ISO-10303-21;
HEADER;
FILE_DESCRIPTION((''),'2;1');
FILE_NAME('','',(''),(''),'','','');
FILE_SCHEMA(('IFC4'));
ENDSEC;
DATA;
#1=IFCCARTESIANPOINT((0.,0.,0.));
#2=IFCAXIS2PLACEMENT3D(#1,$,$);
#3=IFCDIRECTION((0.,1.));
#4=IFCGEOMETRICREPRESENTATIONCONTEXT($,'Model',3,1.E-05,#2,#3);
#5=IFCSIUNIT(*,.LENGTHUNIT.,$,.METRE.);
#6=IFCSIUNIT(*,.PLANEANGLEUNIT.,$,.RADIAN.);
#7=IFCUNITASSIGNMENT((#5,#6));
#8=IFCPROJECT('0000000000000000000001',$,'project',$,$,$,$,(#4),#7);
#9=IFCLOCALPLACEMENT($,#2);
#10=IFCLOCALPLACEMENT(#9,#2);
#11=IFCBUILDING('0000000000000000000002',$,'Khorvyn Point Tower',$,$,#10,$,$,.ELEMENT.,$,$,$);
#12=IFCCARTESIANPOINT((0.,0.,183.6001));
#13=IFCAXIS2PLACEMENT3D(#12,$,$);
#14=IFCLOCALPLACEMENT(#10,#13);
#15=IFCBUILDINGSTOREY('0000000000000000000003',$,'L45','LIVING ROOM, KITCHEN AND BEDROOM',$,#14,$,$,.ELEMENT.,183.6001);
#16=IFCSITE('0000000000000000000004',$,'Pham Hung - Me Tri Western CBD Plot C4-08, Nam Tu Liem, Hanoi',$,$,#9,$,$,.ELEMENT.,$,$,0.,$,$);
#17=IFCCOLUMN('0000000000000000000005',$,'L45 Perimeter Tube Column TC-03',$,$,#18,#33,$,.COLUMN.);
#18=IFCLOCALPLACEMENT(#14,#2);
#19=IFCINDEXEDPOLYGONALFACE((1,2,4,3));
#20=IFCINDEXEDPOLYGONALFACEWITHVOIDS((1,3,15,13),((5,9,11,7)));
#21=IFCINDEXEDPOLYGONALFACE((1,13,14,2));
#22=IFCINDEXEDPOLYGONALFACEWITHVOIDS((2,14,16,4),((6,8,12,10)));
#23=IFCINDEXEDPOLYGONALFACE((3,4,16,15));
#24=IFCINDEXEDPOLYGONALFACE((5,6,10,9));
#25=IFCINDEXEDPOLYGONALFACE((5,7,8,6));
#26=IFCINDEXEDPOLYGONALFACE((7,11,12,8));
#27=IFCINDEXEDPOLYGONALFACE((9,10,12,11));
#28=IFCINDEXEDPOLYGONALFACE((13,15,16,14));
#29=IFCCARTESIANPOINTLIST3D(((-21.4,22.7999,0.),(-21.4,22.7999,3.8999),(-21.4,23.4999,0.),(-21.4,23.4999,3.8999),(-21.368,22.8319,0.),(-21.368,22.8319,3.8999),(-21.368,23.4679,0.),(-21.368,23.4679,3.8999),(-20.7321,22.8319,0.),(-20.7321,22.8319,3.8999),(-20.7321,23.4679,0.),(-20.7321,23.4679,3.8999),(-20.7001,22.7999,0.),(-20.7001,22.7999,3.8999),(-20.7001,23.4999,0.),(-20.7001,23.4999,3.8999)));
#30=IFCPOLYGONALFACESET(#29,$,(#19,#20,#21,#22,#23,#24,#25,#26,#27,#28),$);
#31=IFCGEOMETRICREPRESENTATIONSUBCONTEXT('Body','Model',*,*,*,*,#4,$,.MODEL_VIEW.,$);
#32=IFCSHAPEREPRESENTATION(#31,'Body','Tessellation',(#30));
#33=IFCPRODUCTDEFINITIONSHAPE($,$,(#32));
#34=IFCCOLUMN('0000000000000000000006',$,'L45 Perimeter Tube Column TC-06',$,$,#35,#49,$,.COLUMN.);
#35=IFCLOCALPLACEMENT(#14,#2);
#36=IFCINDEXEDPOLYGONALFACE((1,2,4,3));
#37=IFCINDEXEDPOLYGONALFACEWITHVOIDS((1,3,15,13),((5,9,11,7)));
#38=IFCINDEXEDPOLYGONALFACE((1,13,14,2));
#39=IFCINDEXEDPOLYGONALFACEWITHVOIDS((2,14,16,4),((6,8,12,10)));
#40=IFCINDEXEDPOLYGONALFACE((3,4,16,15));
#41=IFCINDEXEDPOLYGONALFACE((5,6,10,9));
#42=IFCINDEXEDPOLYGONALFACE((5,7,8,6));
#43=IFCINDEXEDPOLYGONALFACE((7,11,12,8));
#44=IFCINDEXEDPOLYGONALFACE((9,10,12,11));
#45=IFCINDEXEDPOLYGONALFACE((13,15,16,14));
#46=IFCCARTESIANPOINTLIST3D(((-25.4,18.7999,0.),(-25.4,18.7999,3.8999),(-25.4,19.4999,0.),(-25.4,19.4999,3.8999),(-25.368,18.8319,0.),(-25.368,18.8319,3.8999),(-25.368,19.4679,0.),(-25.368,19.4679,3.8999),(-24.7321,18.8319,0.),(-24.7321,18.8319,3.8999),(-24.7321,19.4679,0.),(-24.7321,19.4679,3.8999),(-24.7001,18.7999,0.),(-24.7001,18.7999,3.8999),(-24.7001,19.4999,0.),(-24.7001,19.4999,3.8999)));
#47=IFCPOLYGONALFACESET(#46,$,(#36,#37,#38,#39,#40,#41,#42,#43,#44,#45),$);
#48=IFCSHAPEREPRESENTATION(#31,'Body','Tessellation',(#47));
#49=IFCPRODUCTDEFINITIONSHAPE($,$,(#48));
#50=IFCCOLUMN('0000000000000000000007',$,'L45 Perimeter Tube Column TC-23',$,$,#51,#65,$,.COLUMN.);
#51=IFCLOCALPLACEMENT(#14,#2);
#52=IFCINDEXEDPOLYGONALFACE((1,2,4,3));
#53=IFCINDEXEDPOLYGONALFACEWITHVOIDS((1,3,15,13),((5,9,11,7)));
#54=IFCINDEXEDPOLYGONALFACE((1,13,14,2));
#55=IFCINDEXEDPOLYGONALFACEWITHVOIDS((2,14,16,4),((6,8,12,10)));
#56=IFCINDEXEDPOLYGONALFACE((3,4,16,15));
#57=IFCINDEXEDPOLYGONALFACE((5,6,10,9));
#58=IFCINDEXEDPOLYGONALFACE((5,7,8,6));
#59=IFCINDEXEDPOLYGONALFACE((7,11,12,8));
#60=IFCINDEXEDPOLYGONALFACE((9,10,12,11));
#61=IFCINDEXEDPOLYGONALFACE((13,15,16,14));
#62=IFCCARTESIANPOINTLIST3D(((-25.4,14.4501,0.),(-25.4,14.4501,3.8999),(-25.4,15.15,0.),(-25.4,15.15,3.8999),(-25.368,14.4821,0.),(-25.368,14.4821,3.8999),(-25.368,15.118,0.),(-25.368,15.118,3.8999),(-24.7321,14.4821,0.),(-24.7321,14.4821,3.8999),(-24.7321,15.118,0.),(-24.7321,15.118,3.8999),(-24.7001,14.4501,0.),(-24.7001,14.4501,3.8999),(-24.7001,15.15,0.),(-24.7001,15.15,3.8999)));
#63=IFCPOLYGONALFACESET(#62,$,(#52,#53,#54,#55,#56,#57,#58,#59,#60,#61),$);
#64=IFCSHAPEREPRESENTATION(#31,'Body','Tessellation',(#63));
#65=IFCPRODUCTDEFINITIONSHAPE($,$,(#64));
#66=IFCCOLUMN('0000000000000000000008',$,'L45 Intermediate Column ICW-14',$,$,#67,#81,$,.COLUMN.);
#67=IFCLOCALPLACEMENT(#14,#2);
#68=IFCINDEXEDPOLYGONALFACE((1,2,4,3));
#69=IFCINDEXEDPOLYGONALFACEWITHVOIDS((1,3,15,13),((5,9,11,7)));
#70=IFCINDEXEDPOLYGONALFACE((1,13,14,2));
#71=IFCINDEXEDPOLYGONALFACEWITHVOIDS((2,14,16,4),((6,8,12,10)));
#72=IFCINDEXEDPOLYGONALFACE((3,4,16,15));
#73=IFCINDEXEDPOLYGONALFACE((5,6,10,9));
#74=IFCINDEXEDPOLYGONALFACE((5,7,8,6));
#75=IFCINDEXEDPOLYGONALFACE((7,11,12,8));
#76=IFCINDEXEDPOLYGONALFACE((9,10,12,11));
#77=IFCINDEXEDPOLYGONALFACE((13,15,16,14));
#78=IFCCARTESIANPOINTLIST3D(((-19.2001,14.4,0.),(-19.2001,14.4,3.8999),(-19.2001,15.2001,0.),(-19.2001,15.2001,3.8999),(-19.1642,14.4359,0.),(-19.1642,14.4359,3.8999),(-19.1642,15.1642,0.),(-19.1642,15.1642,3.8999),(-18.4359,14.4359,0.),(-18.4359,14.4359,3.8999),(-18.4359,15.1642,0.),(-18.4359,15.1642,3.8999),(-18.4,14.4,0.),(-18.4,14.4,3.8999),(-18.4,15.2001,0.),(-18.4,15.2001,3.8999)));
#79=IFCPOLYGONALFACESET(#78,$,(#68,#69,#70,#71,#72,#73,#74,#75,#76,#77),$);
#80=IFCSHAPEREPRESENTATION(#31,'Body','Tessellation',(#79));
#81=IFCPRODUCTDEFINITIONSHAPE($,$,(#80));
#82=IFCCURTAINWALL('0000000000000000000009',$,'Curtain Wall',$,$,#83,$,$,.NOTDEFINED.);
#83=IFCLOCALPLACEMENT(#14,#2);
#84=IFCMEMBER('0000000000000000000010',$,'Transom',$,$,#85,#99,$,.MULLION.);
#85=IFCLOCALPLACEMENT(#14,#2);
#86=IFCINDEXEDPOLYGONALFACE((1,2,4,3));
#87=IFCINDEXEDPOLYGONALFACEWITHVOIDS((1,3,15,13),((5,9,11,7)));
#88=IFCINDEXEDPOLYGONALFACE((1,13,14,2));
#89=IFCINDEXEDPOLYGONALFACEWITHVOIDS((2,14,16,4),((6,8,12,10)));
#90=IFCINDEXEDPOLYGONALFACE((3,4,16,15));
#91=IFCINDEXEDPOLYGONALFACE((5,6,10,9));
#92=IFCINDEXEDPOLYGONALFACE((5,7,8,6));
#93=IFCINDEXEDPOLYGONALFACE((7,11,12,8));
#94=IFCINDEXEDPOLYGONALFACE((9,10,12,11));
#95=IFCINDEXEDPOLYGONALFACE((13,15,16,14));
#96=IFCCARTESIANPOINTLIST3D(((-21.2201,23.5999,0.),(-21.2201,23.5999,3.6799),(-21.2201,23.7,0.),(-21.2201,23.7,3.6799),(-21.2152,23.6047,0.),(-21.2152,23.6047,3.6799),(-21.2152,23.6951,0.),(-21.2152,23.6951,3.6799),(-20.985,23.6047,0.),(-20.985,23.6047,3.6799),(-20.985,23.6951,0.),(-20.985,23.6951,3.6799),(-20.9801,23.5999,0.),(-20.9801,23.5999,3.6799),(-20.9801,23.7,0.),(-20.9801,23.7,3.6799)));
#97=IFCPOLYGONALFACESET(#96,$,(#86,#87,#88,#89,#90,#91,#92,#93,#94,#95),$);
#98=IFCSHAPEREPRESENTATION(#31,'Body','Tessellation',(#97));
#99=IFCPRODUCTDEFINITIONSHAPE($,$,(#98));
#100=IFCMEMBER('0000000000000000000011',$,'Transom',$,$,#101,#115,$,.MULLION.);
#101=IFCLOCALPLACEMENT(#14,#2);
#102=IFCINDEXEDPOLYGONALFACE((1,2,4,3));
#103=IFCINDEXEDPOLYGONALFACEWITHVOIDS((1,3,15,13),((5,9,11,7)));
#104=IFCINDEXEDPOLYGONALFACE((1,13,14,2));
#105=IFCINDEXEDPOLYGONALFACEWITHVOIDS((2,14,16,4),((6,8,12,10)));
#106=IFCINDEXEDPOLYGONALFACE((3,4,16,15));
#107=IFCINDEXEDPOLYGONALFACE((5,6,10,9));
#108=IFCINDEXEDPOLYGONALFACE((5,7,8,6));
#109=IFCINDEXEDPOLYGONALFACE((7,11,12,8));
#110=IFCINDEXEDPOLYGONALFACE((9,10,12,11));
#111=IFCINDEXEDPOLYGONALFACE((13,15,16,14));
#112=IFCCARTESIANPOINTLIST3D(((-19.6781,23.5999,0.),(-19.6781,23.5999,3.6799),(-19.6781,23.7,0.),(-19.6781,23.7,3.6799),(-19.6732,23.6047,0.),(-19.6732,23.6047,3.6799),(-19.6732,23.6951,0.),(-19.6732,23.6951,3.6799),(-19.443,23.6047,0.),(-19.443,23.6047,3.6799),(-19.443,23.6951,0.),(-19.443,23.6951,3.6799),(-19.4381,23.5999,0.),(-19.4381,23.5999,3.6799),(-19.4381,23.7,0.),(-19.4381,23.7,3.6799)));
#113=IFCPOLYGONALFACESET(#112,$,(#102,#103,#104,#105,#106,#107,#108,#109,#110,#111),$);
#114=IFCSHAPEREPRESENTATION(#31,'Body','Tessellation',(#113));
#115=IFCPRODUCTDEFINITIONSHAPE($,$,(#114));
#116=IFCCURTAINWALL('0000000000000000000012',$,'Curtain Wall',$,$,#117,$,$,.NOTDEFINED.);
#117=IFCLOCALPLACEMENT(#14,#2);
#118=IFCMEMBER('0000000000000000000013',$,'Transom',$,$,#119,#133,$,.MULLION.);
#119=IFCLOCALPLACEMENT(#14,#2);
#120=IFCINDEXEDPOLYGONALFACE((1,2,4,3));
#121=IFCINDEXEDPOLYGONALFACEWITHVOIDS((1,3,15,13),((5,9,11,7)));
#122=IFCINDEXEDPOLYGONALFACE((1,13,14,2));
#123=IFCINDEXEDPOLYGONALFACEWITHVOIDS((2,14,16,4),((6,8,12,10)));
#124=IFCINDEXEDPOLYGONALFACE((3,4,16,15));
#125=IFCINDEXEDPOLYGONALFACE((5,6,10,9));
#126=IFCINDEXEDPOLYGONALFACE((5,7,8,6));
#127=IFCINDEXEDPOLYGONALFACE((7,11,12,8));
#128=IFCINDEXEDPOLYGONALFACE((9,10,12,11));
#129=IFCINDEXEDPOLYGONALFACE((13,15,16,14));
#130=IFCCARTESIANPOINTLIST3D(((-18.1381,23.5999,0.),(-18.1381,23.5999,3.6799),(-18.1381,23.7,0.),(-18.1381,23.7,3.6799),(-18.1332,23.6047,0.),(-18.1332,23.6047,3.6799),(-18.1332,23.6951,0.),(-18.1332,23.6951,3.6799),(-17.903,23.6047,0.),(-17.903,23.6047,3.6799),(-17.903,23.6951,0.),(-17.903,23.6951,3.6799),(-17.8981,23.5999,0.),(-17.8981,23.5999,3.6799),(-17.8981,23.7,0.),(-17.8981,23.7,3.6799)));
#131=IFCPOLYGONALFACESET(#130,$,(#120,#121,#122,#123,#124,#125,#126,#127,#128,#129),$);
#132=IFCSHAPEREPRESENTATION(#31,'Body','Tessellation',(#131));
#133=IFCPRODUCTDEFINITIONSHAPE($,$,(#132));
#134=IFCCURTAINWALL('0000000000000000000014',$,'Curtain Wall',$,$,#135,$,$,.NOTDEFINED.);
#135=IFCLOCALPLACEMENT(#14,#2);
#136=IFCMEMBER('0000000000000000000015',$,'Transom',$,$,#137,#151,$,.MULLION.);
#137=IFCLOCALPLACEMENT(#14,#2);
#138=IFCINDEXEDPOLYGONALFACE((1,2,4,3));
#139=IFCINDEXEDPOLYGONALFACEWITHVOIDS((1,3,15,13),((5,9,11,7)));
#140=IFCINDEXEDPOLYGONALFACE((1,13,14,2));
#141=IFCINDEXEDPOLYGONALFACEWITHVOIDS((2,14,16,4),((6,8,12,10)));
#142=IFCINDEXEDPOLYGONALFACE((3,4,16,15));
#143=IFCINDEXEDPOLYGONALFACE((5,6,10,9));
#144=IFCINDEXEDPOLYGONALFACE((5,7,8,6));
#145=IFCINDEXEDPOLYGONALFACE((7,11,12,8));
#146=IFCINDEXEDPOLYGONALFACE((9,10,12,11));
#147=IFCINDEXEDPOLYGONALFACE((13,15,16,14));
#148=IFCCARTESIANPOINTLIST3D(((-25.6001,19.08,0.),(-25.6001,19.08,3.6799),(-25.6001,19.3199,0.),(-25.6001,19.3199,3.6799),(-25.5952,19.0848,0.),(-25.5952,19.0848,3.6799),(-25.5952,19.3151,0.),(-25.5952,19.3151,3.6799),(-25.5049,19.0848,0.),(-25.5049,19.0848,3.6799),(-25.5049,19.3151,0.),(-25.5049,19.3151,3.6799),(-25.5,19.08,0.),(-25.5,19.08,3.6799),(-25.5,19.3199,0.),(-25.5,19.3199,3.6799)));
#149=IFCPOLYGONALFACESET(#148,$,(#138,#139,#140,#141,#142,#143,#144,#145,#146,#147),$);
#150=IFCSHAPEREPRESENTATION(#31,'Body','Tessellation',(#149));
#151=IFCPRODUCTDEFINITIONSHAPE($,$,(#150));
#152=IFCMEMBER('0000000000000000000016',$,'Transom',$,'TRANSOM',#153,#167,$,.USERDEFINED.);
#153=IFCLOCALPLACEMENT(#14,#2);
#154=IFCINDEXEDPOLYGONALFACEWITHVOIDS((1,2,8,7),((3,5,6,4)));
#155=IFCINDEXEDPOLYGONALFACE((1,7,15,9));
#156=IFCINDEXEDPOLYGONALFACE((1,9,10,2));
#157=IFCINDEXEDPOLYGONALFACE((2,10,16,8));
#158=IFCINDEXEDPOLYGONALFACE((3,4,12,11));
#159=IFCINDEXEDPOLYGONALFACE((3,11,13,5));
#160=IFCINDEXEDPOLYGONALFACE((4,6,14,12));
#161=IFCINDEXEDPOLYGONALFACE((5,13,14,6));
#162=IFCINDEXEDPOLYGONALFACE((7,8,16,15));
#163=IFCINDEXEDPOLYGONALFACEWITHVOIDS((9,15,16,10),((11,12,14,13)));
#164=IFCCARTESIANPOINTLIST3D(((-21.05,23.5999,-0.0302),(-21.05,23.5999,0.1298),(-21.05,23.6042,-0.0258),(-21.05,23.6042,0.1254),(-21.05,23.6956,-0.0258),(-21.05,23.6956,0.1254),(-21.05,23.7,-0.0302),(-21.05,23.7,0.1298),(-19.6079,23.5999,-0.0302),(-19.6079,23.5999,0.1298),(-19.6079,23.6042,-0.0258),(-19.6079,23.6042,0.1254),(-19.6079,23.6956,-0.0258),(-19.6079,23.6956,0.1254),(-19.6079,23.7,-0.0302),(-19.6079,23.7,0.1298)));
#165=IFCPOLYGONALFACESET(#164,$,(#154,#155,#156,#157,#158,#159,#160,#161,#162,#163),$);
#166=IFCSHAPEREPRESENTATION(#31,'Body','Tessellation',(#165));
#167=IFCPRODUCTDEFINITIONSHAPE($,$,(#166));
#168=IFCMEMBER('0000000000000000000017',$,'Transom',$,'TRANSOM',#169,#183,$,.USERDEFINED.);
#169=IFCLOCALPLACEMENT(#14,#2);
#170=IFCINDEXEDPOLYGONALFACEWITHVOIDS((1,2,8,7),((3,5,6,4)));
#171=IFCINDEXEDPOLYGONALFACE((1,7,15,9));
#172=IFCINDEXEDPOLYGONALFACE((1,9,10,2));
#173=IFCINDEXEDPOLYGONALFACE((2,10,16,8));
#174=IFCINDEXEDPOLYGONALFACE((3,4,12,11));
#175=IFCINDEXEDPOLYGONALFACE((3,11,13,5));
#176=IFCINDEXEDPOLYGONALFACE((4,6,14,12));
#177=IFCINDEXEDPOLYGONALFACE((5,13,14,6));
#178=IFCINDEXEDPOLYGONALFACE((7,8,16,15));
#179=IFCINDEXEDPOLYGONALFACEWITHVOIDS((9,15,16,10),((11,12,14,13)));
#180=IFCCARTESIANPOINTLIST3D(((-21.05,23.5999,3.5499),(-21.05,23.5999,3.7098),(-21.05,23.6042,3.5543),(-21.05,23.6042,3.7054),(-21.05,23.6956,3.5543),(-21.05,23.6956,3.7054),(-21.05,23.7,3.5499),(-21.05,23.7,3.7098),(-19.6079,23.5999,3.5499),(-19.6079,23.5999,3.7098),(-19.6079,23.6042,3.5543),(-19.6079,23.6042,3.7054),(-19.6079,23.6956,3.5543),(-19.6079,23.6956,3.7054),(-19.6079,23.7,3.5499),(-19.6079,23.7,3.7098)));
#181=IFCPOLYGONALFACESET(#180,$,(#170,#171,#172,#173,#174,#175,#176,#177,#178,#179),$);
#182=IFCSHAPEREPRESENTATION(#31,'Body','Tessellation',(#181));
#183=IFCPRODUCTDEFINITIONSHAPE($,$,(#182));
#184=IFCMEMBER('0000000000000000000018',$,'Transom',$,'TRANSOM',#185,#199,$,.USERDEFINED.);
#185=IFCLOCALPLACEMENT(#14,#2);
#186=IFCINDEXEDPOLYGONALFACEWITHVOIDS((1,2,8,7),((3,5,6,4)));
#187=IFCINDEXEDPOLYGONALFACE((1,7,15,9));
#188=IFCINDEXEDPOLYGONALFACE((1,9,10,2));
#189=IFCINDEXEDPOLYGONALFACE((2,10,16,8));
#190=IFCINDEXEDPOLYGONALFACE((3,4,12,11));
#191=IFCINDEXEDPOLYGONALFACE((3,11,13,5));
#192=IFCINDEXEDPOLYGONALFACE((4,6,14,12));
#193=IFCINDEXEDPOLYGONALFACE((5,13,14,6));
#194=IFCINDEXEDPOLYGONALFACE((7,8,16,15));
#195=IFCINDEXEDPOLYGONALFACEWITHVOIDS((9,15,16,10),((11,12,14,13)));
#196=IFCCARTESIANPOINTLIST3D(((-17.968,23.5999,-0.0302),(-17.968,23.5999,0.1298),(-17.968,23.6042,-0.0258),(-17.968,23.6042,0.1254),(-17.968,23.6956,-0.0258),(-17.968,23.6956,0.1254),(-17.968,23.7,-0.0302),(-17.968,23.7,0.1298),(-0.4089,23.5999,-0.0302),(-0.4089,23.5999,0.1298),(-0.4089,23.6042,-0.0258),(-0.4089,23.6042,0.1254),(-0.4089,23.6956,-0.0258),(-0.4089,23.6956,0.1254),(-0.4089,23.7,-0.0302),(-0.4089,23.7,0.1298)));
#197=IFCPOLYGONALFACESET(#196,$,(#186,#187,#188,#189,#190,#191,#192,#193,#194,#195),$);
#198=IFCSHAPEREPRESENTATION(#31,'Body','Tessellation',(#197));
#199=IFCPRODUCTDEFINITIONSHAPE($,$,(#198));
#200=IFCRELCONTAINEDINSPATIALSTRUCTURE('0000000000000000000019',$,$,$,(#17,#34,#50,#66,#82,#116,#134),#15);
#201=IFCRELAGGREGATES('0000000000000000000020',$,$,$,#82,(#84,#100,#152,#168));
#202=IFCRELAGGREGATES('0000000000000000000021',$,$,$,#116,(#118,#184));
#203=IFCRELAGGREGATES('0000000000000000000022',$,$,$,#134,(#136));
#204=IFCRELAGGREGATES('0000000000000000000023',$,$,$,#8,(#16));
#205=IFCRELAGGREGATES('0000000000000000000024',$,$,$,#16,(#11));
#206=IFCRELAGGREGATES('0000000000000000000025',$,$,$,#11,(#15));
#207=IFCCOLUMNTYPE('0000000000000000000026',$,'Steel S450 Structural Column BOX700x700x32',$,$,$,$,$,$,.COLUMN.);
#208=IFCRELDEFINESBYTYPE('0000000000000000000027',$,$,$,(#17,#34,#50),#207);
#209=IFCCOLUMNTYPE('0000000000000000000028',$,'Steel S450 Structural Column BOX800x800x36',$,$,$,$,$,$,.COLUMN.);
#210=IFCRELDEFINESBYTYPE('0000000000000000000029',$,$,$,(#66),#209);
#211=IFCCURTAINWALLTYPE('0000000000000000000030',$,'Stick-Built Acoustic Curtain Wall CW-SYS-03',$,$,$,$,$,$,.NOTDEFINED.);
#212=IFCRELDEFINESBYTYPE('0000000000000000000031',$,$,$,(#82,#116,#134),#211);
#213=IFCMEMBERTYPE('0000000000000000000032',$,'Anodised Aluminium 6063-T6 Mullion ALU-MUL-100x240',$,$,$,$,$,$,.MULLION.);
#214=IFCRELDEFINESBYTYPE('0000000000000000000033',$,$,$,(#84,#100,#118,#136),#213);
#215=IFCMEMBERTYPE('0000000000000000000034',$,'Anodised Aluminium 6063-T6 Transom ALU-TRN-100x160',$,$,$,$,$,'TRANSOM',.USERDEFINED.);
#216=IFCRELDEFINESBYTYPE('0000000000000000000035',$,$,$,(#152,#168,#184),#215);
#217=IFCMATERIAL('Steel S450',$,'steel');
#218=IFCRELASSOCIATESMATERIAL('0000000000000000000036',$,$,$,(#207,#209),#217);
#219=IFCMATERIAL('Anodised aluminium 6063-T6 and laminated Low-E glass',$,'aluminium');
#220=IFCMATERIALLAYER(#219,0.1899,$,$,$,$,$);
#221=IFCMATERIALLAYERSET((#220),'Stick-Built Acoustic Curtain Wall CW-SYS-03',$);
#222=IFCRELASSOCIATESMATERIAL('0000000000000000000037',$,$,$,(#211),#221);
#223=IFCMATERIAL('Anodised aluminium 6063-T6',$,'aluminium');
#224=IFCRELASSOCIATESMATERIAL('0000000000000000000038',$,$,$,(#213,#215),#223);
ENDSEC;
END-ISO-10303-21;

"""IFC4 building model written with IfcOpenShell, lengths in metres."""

from ifc_helpers import new_model, si_unit, direction, frame, origin, origin_2d, place, context, subcontext, project, spatial, hollow_rectangle, extrude, material, layer, layer_set, material_profile, profile_set, type_object, element, aggregate, save


model = new_model("IFC4")

# Units and contexts
model_context = context("Model", 3, precision=1e-05, world=origin(), true_north=direction((0.0, 1.0)))
body_context = subcontext(model_context, "Body", "Model", "MODEL_VIEW")
ifc_project = project(units=[si_unit("LENGTHUNIT", "METRE"), si_unit("PLANEANGLEUNIT", "RADIAN")], contexts=[model_context])

# Site, building, storey
site_placement = place(None, origin())
site = spatial("IfcSite", under=ifc_project, at=site_placement, Name="Pham Hung - Me Tri Western CBD Plot C4-08, Nam Tu Liem, Hanoi", CompositionType="ELEMENT", RefElevation=0.0)
building_placement = place(site_placement, origin())
building = spatial("IfcBuilding", under=site, at=building_placement, Name="Khorvyn Point Tower", CompositionType="ELEMENT")
storey_placement = place(building_placement, frame((0.0, 0.0, 183.6001)))
storey = spatial("IfcBuildingStorey", under=building, at=storey_placement, Name="L45", Description="LIVING ROOM, KITCHEN AND BEDROOM", CompositionType="ELEMENT", Elevation=183.6001)

# Columns
ifc_material_1 = material(Name="Steel S450", Category="steel")
ifc_material_profile_1 = material_profile(ifc_material_1, hollow_rectangle(XDim=0.7, YDim=0.7, WallThickness=0.032, at=origin_2d()))
ifc_profile_set_1 = profile_set([ifc_material_profile_1], Name="Steel S450 BOX700x700x32")
column_type_1 = type_object("IfcColumnType", Name="Steel S450 Structural Column BOX700x700x32", PredefinedType="COLUMN", material=ifc_profile_set_1)
for number, where, z_axis, x_axis, name in (
    (1, (-21.05, 23.1499, 0.0), (0.0, 0.0, 1.0), (1.0, 0.0, 0.0), "L45 Perimeter Tube Column TC-03"),
    (2, (-25.05, 19.1499, 0.0), (0.0, 0.0, 1.0), (1.0, 0.0, 0.0), "L45 Perimeter Tube Column TC-06"),
    (3, (-25.05, 14.8, 0.0), (0.0, 0.0, 1.0), (1.0, 0.0, 0.0), "L45 Perimeter Tube Column TC-23"),
):
    element("IfcColumn", number, at=place(storey_placement, frame(where, z_axis=z_axis, x_axis=x_axis)), inside=storey, type_object=column_type_1, Name=name, PredefinedType="COLUMN", context=body_context, shape_type="SweptSolid", body=[
        extrude(hollow_rectangle(XDim=0.7, YDim=0.7, WallThickness=0.032, at=origin_2d()), origin(), (0.0, 0.0, 1.0), 3.8999),
    ])
ifc_material_profile_2 = material_profile(ifc_material_1, hollow_rectangle(XDim=0.8, YDim=0.8, WallThickness=0.0359, at=origin_2d()))
ifc_profile_set_2 = profile_set([ifc_material_profile_2], Name="Steel S450 BOX800x800x36")
column_type_2 = type_object("IfcColumnType", Name="Steel S450 Structural Column BOX800x800x36", PredefinedType="COLUMN", material=ifc_profile_set_2)
column_placement = place(storey_placement, frame((-18.8, 14.8, 0.0), z_axis=(0.0, 0.0, 1.0), x_axis=(1.0, 0.0, 0.0)))
element("IfcColumn", 4, at=column_placement, inside=storey, type_object=column_type_2, Name="L45 Intermediate Column ICW-14", PredefinedType="COLUMN", context=body_context, shape_type="SweptSolid", body=[
    extrude(hollow_rectangle(XDim=0.8, YDim=0.8, WallThickness=0.0359, at=origin_2d()), origin(), (0.0, 0.0, 1.0), 3.8999),
])

# Curtain wall, members
ifc_material_2 = material(Name="Anodised aluminium 6063-T6 and laminated Low-E glass", Category="aluminium")
ifc_layer_1 = layer(ifc_material_2, 0.1899)
ifc_layer_set_1 = layer_set([ifc_layer_1], Name="Stick-Built Acoustic Curtain Wall CW-SYS-03")
curtain_wall_type = type_object("IfcCurtainWallType", Name="Stick-Built Acoustic Curtain Wall CW-SYS-03", PredefinedType="NOTDEFINED", material=ifc_layer_set_1)
curtain_wall_1_placement = place(storey_placement, origin())
curtain_wall_1 = element("IfcCurtainWall", 5, at=curtain_wall_1_placement, inside=storey, type_object=curtain_wall_type, Name="Curtain Wall", PredefinedType="NOTDEFINED")
ifc_material_3 = material(Name="Anodised aluminium 6063-T6", Category="aluminium")
ifc_material_profile_3 = material_profile(ifc_material_3, hollow_rectangle(XDim=0.1001, YDim=0.24, WallThickness=0.0049, at=origin_2d()))
ifc_profile_set_3 = profile_set([ifc_material_profile_3], Name="Anodised aluminium 6063-T6 ALU-MUL-100x240")
member_type_1 = type_object("IfcMemberType", Name="Anodised Aluminium 6063-T6 Mullion ALU-MUL-100x240", PredefinedType="MULLION", material=ifc_profile_set_3)
member_1_placement = place(storey_placement, frame((-21.1001, 23.6499, 0.0), z_axis=(0.0, 0.0, 1.0), x_axis=(0.0, 1.0, 0.0)))
member_1 = element("IfcMember", 6, at=member_1_placement, type_object=member_type_1, Name="Transom", PredefinedType="MULLION", context=body_context, shape_type="SweptSolid", body=[
    extrude(hollow_rectangle(XDim=0.1001, YDim=0.24, WallThickness=0.0049, at=origin_2d()), origin(), (0.0, 0.0, 1.0), 3.6799),
])
member_2_placement = place(storey_placement, frame((-19.5581, 23.6499, 0.0), z_axis=(0.0, 0.0, 1.0), x_axis=(0.0, 1.0, 0.0)))
member_2 = element("IfcMember", 7, at=member_2_placement, type_object=member_type_1, Name="Transom", PredefinedType="MULLION", context=body_context, shape_type="SweptSolid", body=[
    extrude(hollow_rectangle(XDim=0.1001, YDim=0.24, WallThickness=0.0049, at=origin_2d()), origin(), (0.0, 0.0, 1.0), 3.6799),
])

# Curtain walls, members
curtain_wall_2_placement = place(storey_placement, origin())
curtain_wall_2 = element("IfcCurtainWall", 8, at=curtain_wall_2_placement, inside=storey, type_object=curtain_wall_type, Name="Curtain Wall", PredefinedType="NOTDEFINED")
member_3_placement = place(storey_placement, frame((-18.0181, 23.6499, 0.0), z_axis=(0.0, 0.0, 1.0), x_axis=(0.0, 1.0, 0.0)))
member_3 = element("IfcMember", 9, at=member_3_placement, type_object=member_type_1, Name="Transom", PredefinedType="MULLION", context=body_context, shape_type="SweptSolid", body=[
    extrude(hollow_rectangle(XDim=0.1001, YDim=0.24, WallThickness=0.0049, at=origin_2d()), origin(), (0.0, 0.0, 1.0), 3.6799),
])
curtain_wall_3_placement = place(storey_placement, origin())
curtain_wall_3 = element("IfcCurtainWall", 10, at=curtain_wall_3_placement, inside=storey, type_object=curtain_wall_type, Name="Curtain Wall", PredefinedType="NOTDEFINED")
member_4_placement = place(storey_placement, frame((-25.55, 19.2, 0.0), z_axis=(0.0, 0.0, 1.0), x_axis=(-1.0, 0.0, 0.0)))
member_4 = element("IfcMember", 11, at=member_4_placement, type_object=member_type_1, Name="Transom", PredefinedType="MULLION", context=body_context, shape_type="SweptSolid", body=[
    extrude(hollow_rectangle(XDim=0.1001, YDim=0.24, WallThickness=0.0049, at=origin_2d()), origin(), (0.0, 0.0, 1.0), 3.6799),
])

# Members
ifc_material_profile_4 = material_profile(ifc_material_3, hollow_rectangle(XDim=0.1001, YDim=0.1599, WallThickness=0.0044, at=origin_2d()))
ifc_profile_set_4 = profile_set([ifc_material_profile_4], Name="Anodised aluminium 6063-T6 ALU-TRN-100x160")
member_type_2 = type_object("IfcMemberType", Name="Anodised Aluminium 6063-T6 Transom ALU-TRN-100x160", ElementType="TRANSOM", PredefinedType="USERDEFINED", material=ifc_profile_set_4)
member_5_placement = place(storey_placement, frame((-21.05, 23.6499, 0.0498), z_axis=(1.0, 0.0, 0.0), x_axis=(0.0, 1.0, 0.0)))
member_5 = element("IfcMember", 12, at=member_5_placement, type_object=member_type_2, Name="Transom", ObjectType="TRANSOM", PredefinedType="USERDEFINED", context=body_context, shape_type="SweptSolid", body=[
    extrude(hollow_rectangle(XDim=0.1001, YDim=0.1599, WallThickness=0.0044, at=origin_2d()), origin(), (0.0, 0.0, 1.0), 1.4421),
])
member_6_placement = place(storey_placement, frame((-21.05, 23.6499, 3.6299), z_axis=(1.0, 0.0, 0.0), x_axis=(0.0, 1.0, 0.0)))
member_6 = element("IfcMember", 13, at=member_6_placement, type_object=member_type_2, Name="Transom", ObjectType="TRANSOM", PredefinedType="USERDEFINED", context=body_context, shape_type="SweptSolid", body=[
    extrude(hollow_rectangle(XDim=0.1001, YDim=0.1599, WallThickness=0.0044, at=origin_2d()), origin(), (0.0, 0.0, 1.0), 1.4421),
])
member_7_placement = place(storey_placement, frame((-17.968, 23.6499, 0.0498), z_axis=(1.0, 0.0, 0.0), x_axis=(0.0, 1.0, 0.0)))
member_7 = element("IfcMember", 14, at=member_7_placement, type_object=member_type_2, Name="Transom", ObjectType="TRANSOM", PredefinedType="USERDEFINED", context=body_context, shape_type="SweptSolid", body=[
    extrude(hollow_rectangle(XDim=0.1001, YDim=0.1599, WallThickness=0.0044, at=origin_2d()), origin(), (0.0, 0.0, 1.0), 17.5591),
])

aggregate(curtain_wall_1, [member_1, member_2, member_5, member_6])
aggregate(curtain_wall_2, [member_3, member_7])
aggregate(curtain_wall_3, [member_4])

save(model, "model.ifc")
